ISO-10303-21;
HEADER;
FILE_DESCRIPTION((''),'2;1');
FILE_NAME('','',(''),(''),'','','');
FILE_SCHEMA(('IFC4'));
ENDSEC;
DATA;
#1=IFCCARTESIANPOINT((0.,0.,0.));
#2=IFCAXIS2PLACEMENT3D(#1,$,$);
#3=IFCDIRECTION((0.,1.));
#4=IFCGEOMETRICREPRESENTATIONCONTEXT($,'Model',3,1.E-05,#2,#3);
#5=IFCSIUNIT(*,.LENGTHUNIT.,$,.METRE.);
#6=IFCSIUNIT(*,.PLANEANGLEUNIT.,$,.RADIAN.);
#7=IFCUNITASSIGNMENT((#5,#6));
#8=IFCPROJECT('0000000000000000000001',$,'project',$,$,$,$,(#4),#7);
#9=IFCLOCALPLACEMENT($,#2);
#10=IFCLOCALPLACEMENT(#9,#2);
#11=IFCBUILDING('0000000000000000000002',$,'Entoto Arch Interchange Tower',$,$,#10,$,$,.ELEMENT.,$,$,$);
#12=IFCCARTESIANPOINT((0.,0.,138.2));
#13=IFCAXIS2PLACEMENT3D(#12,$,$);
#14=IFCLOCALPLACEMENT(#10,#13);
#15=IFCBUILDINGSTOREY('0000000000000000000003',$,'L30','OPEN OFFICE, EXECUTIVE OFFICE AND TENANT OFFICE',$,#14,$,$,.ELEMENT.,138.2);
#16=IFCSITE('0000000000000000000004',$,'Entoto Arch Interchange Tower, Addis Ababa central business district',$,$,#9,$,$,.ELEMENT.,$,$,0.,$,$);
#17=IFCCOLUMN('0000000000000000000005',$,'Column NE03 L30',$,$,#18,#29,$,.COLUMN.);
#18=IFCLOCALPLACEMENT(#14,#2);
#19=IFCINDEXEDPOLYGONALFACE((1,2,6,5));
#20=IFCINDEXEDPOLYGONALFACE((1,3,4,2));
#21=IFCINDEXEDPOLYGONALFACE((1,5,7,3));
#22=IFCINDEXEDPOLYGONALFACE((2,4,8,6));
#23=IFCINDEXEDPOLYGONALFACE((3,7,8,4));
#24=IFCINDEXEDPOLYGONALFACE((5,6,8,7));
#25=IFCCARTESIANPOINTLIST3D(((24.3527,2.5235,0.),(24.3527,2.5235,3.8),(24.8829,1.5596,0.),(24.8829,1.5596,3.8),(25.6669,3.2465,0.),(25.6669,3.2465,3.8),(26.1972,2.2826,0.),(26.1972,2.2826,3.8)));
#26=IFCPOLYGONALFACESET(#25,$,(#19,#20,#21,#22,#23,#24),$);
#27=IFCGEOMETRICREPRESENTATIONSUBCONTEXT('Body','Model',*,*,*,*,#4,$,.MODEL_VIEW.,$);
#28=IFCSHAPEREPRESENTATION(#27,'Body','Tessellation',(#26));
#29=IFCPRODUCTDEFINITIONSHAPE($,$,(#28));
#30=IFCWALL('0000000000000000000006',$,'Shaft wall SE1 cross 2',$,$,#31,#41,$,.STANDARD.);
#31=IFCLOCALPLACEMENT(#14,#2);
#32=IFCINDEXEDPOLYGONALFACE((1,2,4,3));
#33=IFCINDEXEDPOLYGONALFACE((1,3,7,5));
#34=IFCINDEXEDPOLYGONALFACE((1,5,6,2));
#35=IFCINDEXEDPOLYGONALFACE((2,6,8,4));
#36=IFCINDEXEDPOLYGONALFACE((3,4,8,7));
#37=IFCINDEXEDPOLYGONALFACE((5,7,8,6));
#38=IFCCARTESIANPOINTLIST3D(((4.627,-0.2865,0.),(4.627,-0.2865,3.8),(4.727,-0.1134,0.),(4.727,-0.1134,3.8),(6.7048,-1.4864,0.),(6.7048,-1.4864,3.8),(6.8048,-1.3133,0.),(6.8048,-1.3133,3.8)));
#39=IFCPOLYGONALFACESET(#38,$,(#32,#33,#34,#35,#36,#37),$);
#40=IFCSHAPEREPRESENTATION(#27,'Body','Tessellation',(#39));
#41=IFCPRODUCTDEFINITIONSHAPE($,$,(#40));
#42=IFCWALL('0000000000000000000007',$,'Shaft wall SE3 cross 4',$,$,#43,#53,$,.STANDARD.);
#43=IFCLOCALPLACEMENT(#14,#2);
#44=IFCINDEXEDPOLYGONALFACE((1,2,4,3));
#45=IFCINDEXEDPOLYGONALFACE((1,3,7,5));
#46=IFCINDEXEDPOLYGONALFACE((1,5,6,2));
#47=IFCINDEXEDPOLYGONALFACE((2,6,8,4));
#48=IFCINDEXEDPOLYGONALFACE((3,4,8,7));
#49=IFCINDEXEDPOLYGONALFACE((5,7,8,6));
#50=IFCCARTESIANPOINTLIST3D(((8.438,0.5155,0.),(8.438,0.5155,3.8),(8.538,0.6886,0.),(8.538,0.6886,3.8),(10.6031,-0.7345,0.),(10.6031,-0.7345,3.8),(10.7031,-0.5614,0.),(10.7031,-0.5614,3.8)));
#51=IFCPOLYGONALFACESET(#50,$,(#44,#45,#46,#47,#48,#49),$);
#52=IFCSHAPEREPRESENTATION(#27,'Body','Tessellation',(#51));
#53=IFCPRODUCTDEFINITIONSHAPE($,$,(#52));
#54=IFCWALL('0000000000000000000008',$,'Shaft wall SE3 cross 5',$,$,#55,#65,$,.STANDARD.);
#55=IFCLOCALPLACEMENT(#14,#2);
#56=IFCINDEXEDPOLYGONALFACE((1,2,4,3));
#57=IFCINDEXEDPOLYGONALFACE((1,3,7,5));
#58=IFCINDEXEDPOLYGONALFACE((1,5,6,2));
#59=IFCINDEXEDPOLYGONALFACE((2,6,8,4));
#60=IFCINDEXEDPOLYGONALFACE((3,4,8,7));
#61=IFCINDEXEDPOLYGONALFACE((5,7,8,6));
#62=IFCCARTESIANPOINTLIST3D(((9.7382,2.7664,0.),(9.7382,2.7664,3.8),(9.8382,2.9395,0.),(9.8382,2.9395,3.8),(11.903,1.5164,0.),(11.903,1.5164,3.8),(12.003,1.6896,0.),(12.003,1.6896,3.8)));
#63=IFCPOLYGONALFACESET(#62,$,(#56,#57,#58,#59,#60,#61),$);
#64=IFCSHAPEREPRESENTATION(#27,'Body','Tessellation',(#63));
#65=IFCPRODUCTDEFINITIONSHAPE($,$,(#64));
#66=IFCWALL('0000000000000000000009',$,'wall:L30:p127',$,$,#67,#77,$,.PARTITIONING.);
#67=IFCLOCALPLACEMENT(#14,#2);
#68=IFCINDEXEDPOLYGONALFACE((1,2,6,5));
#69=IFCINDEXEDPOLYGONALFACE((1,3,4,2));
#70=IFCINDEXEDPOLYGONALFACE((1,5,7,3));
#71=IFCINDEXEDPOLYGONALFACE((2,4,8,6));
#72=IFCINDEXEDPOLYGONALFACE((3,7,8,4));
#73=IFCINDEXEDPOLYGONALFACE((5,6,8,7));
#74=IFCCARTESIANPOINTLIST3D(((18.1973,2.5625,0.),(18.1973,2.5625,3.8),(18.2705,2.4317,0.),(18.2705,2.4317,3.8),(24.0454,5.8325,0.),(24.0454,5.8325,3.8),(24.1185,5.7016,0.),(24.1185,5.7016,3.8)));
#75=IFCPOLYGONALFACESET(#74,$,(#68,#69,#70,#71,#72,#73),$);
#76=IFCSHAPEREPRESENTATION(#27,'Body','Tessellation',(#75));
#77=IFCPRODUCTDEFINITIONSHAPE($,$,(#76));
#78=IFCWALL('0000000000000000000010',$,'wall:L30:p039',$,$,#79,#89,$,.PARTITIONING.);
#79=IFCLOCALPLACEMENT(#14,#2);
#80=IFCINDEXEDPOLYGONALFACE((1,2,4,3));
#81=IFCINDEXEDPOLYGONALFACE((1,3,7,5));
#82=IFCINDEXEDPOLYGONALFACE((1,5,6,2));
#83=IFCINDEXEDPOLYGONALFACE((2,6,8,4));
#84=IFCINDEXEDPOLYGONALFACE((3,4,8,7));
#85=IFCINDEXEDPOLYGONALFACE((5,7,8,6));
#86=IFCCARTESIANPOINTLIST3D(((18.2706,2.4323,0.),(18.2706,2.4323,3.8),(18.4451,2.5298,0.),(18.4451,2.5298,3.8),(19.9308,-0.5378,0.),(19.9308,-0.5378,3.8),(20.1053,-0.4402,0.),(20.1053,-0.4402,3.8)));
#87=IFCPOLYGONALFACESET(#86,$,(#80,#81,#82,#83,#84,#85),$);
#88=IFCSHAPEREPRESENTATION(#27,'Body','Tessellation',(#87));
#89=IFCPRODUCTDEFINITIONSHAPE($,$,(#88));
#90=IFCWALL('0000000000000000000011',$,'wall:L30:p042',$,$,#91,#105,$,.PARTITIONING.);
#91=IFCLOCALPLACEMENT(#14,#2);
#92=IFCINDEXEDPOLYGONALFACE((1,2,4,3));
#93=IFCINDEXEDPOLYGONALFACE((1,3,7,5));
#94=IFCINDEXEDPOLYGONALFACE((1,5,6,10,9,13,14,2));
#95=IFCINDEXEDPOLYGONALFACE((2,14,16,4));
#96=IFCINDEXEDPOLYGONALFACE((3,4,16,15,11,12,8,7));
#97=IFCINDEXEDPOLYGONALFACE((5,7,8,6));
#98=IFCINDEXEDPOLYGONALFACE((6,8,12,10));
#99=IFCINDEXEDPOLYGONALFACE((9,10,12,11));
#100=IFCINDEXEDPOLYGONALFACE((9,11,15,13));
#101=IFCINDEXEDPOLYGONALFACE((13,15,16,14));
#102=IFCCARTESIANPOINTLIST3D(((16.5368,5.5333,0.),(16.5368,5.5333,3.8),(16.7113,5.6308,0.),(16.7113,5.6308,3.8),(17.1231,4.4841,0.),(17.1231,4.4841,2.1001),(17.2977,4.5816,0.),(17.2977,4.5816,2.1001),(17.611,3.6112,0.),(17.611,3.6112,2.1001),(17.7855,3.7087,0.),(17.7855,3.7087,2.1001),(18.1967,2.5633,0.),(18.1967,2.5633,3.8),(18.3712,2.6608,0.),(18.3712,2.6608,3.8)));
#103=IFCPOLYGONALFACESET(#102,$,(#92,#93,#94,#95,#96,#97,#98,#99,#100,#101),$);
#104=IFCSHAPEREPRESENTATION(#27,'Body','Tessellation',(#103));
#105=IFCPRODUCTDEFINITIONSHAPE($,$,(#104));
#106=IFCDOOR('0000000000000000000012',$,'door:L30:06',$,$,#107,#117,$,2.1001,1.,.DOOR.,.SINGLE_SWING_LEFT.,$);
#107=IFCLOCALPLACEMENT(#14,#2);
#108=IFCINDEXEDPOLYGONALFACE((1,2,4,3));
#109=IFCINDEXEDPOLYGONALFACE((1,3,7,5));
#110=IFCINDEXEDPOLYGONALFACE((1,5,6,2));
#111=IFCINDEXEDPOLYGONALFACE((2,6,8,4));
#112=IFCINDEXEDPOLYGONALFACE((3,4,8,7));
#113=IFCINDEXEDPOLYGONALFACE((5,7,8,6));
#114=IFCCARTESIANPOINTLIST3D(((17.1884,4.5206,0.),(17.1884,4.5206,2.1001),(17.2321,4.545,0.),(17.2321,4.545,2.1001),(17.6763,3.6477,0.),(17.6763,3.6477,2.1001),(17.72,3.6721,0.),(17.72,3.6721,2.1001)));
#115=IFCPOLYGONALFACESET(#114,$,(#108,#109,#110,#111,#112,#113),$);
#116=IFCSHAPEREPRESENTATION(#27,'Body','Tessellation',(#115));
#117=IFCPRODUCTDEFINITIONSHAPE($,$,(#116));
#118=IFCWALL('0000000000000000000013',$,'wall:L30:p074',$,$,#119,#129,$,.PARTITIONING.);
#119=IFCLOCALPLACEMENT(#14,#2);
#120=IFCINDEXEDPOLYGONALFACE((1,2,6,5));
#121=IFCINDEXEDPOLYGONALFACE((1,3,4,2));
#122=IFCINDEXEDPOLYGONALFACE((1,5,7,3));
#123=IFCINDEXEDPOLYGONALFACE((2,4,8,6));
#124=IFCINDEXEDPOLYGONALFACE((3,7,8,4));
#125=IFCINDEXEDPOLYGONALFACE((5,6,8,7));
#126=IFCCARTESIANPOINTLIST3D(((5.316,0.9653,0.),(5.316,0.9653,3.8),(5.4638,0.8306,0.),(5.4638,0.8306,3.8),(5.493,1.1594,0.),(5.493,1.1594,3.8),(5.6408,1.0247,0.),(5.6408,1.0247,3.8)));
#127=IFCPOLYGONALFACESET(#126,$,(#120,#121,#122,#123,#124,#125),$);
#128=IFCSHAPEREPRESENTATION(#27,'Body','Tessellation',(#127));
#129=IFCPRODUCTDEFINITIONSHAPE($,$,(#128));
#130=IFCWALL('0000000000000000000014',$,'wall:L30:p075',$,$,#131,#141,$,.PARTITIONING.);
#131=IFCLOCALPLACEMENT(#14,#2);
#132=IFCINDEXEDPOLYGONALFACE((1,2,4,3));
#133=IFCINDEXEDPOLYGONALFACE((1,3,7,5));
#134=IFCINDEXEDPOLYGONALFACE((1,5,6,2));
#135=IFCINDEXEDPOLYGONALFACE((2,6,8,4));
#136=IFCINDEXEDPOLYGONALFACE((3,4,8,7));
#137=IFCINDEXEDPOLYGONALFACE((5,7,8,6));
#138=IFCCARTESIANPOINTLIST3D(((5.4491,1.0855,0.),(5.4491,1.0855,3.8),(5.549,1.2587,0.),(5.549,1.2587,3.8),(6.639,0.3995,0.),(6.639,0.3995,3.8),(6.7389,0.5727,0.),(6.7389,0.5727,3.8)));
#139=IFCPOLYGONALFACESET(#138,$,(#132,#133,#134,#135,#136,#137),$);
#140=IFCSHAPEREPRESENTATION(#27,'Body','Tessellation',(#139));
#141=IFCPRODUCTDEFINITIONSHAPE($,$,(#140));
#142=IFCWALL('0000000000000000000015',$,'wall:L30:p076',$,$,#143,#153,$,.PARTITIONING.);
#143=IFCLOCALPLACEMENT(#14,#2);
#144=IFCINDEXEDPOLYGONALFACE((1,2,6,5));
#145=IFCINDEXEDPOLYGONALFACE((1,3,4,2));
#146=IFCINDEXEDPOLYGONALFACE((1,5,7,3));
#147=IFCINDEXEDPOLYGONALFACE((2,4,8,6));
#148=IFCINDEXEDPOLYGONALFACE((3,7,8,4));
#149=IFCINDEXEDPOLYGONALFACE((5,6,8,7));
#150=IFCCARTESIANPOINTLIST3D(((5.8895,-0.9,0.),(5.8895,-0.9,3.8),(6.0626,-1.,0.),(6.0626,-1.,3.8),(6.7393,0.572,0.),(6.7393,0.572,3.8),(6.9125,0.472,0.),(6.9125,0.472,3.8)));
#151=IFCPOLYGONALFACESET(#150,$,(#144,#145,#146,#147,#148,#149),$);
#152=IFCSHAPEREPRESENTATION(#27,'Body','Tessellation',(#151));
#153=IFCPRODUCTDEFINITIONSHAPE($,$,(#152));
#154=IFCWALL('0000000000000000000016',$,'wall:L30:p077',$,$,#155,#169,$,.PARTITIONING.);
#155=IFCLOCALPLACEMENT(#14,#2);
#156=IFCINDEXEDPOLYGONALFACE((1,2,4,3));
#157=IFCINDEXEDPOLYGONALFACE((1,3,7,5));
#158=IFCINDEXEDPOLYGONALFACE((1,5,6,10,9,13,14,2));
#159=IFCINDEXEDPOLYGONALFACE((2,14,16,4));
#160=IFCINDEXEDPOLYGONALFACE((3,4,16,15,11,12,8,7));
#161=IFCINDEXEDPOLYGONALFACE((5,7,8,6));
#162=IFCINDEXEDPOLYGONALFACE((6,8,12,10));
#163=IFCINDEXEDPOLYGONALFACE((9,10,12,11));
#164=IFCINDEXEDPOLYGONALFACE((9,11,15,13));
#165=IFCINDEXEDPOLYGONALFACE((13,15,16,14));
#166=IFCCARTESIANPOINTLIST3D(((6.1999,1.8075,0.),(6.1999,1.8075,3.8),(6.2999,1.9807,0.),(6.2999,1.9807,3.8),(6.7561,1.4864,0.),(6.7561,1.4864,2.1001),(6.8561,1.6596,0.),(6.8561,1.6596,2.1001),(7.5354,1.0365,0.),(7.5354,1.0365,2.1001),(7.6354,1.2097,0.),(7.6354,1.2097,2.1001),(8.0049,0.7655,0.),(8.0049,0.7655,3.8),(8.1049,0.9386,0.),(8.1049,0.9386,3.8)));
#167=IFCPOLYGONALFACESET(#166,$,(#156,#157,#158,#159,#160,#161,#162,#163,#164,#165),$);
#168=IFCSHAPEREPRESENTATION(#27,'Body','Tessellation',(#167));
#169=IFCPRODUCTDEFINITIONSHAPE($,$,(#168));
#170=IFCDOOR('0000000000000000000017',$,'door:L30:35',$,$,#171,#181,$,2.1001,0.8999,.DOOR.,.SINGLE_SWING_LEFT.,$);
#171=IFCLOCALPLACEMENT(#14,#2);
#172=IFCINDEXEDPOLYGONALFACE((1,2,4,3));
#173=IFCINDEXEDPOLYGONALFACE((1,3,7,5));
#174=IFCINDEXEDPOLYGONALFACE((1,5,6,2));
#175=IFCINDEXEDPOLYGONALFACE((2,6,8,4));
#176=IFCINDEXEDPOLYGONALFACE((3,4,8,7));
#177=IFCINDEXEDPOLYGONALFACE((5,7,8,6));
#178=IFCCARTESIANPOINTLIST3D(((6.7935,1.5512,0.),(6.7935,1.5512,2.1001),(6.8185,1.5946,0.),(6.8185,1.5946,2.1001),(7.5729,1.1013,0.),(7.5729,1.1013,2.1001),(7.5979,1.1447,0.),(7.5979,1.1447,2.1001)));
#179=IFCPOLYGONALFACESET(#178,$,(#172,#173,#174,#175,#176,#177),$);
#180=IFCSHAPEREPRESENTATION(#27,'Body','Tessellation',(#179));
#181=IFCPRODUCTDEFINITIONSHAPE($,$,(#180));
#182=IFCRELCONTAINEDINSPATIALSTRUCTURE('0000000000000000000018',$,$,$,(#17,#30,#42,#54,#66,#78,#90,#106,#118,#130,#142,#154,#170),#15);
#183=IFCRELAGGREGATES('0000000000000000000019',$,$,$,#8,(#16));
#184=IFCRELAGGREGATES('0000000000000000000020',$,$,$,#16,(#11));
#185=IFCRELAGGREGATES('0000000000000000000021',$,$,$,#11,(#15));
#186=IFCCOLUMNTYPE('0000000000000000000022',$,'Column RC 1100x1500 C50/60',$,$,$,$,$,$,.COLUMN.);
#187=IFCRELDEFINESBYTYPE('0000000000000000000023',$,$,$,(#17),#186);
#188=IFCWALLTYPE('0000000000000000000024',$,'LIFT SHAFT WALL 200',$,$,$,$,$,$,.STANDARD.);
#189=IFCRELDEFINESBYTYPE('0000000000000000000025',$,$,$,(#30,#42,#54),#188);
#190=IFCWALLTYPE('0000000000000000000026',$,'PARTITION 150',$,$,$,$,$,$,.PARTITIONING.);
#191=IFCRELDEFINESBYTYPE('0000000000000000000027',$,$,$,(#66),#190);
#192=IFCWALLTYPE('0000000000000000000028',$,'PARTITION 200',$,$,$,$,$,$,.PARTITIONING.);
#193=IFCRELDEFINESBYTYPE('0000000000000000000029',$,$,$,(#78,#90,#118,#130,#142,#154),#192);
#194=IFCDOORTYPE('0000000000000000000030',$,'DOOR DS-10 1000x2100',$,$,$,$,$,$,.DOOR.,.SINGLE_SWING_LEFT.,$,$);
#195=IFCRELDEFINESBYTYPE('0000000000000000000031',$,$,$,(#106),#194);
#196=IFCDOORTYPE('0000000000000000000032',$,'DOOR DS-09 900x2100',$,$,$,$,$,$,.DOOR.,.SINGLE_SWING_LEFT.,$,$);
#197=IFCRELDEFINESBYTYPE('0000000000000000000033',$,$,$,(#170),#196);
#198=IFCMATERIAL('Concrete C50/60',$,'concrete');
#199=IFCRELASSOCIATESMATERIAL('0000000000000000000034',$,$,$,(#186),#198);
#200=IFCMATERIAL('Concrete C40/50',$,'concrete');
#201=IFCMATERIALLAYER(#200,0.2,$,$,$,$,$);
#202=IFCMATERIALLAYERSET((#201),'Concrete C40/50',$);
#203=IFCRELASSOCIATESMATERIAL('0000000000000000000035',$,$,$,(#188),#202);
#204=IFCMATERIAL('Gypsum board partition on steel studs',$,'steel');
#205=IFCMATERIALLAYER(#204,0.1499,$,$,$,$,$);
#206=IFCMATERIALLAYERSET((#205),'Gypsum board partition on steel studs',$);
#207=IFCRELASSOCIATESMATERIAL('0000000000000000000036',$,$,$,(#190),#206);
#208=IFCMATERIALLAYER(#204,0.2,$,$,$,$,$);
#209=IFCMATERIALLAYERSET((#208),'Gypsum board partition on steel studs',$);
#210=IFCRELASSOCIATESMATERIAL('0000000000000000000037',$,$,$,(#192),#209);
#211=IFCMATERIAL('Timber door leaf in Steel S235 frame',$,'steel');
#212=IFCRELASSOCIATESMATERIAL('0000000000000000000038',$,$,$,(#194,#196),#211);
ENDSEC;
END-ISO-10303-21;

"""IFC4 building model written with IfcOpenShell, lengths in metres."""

from ifc_helpers import new_model, si_unit, direction, frame, frame_2d, origin, origin_2d, place, context, subcontext, project, spatial, rectangle, extrude, material, layer, layer_set, material_profile, profile_set, type_object, element, fill, save


model = new_model("IFC4")

# Units and contexts
model_context = context("Model", 3, precision=1e-05, world=origin(), true_north=direction((0.0, 1.0)))
body_context = subcontext(model_context, "Body", "Model", "MODEL_VIEW")
ifc_project = project(units=[si_unit("LENGTHUNIT", "METRE"), si_unit("PLANEANGLEUNIT", "RADIAN")], contexts=[model_context])

# Site, building, storey
site_placement = place(None, origin())
site = spatial("IfcSite", under=ifc_project, at=site_placement, Name="Entoto Arch Interchange Tower, Addis Ababa central business district", CompositionType="ELEMENT", RefElevation=0.0)
building_placement = place(site_placement, origin())
building = spatial("IfcBuilding", under=site, at=building_placement, Name="Entoto Arch Interchange Tower", CompositionType="ELEMENT")
storey_placement = place(building_placement, frame((0.0, 0.0, 138.2)))
storey = spatial("IfcBuildingStorey", under=building, at=storey_placement, Name="L30", Description="OPEN OFFICE, EXECUTIVE OFFICE AND TENANT OFFICE", CompositionType="ELEMENT", Elevation=138.2)

# Column
ifc_material_1 = material(Name="Concrete C50/60", Category="concrete")
ifc_material_profile = material_profile(ifc_material_1, rectangle(XDim=1.1001, YDim=1.5, at=origin_2d()))
ifc_profile_set = profile_set([ifc_material_profile], Name="Concrete C50/60")
column_type = type_object("IfcColumnType", Name="Column RC 1100x1500 C50/60", PredefinedType="COLUMN", material=ifc_profile_set)
column_placement = place(storey_placement, frame((25.2749, 2.4031, 0.0), z_axis=(0.0, 0.0, 1.0), x_axis=(-0.481983, 0.876181, 0.0)))
element("IfcColumn", 1, at=column_placement, inside=storey, type_object=column_type, Name="Column NE03 L30", PredefinedType="COLUMN", context=body_context, shape_type="SweptSolid", body=[
    extrude(rectangle(XDim=1.1001, YDim=1.5, at=origin_2d()), origin(), (0.0, 0.0, 1.0), 3.8),
])

# Walls
ifc_material_2 = material(Name="Concrete C40/50", Category="concrete")
ifc_layer_1 = layer(ifc_material_2, 0.2)
ifc_layer_set_1 = layer_set([ifc_layer_1], Name="Concrete C40/50")
wall_type_1 = type_object("IfcWallType", Name="LIFT SHAFT WALL 200", PredefinedType="STANDARD", material=ifc_layer_set_1)
wall_1_placement = place(storey_placement, frame((4.677, -0.2, 0.0), z_axis=(0.0, 0.0, 1.0), x_axis=(0.865974, -0.500089, 0.0)))
element("IfcWall", 2, at=wall_1_placement, inside=storey, type_object=wall_type_1, Name="Shaft wall SE1 cross 2", PredefinedType="STANDARD", context=body_context, shape_type="SweptSolid", body=[
    extrude(rectangle(XDim=2.3994, YDim=0.2, at=frame_2d((1.1997, 0.0))), origin(), (0.0, 0.0, 1.0), 3.8),
])
wall_2_placement = place(storey_placement, frame((8.488, 0.6021, 0.0), z_axis=(0.0, 0.0, 1.0), x_axis=(0.866023, -0.500004, 0.0)))
element("IfcWall", 3, at=wall_2_placement, inside=storey, type_object=wall_type_1, Name="Shaft wall SE3 cross 4", PredefinedType="STANDARD", context=body_context, shape_type="SweptSolid", body=[
    extrude(rectangle(XDim=2.5, YDim=0.2, at=frame_2d((1.25, 0.0))), origin(), (0.0, 0.0, 1.0), 3.8),
])
wall_3_placement = place(storey_placement, frame((9.7881, 2.853, 0.0), z_axis=(0.0, 0.0, 1.0), x_axis=(0.865999, -0.500047, 0.0)))
element("IfcWall", 4, at=wall_3_placement, inside=storey, type_object=wall_type_1, Name="Shaft wall SE3 cross 5", PredefinedType="STANDARD", context=body_context, shape_type="SweptSolid", body=[
    extrude(rectangle(XDim=2.4998, YDim=0.2, at=frame_2d((1.25, 0.0))), origin(), (0.0, 0.0, 1.0), 3.8),
])
ifc_material_3 = material(Name="Gypsum board partition on steel studs", Category="steel")
ifc_layer_2 = layer(ifc_material_3, 0.1499)
ifc_layer_set_2 = layer_set([ifc_layer_2], Name="Gypsum board partition on steel studs")
wall_type_2 = type_object("IfcWallType", Name="PARTITION 150", PredefinedType="PARTITIONING", material=ifc_layer_set_2)
wall_4_placement = place(storey_placement, frame((18.2339, 2.4971, 0.0), z_axis=(0.0, 0.0, 1.0), x_axis=(0.87282, 0.488042, 0.0)))
element("IfcWall", 5, at=wall_4_placement, inside=storey, type_object=wall_type_2, Name="wall:L30:p127", PredefinedType="PARTITIONING", context=body_context, shape_type="SweptSolid", body=[
    extrude(rectangle(XDim=6.7002, YDim=0.1499, at=frame_2d((3.3501, 0.0))), origin(), (0.0, 0.0, 1.0), 3.8),
])
ifc_layer_3 = layer(ifc_material_3, 0.2)
ifc_layer_set_3 = layer_set([ifc_layer_3], Name="Gypsum board partition on steel studs")
wall_type_3 = type_object("IfcWallType", Name="PARTITION 200", PredefinedType="PARTITIONING", material=ifc_layer_set_3)
wall_5_placement = place(storey_placement, frame((18.3579, 2.481, 0.0), z_axis=(0.0, 0.0, 1.0), x_axis=(0.487926, -0.872885, 0.0)))
element("IfcWall", 6, at=wall_5_placement, inside=storey, type_object=wall_type_3, Name="wall:L30:p039", PredefinedType="PARTITIONING", context=body_context, shape_type="SweptSolid", body=[
    extrude(rectangle(XDim=3.4026, YDim=0.2, at=frame_2d((1.7012, 0.0))), origin(), (0.0, 0.0, 1.0), 3.8),
])

# Wall, opening, door
wall_6_placement = place(storey_placement, frame((16.624, 5.582, 0.0), z_axis=(0.0, 0.0, 1.0), x_axis=(0.487871, -0.872916, 0.0)))
wall_6 = element("IfcWall", 7, at=wall_6_placement, inside=storey, type_object=wall_type_3, Name="wall:L30:p042", PredefinedType="PARTITIONING", context=body_context, shape_type="SweptSolid", body=[
    extrude(rectangle(XDim=3.4023, YDim=0.2, at=frame_2d((1.7012, 0.0))), origin(), (0.0, 0.0, 1.0), 3.8),
])
opening_1_placement = place(wall_6_placement, frame((1.2019, 0.0, 0.0)))
opening_1 = element("IfcOpeningElement", 8, at=opening_1_placement, cuts=wall_6, PredefinedType="OPENING", context=body_context, shape_type="SweptSolid", body=[
    extrude(rectangle(XDim=1.0, YDim=2.1001, at=frame_2d((0.5, 1.05))), frame((0.0, 0.1099, 0.0), z_axis=(0.0, -1.0, 0.0), x_axis=(1.0, 0.0, 0.0)), (0.0, 0.0, 1.0), 0.22),
])
ifc_material_4 = material(Name="Timber door leaf in Steel S235 frame", Category="steel")
door_type_1 = type_object("IfcDoorType", Name="DOOR DS-10 1000x2100", OperationType="SINGLE_SWING_LEFT", PredefinedType="DOOR", material=ifc_material_4)
door_1_placement = place(opening_1_placement, origin())
door_1 = element("IfcDoor", 9, at=door_1_placement, inside=storey, type_object=door_type_1, Name="door:L30:06", OperationType="SINGLE_SWING_LEFT", OverallHeight=2.1001, OverallWidth=1.0, PredefinedType="DOOR", context=body_context, shape_type="SweptSolid", body=[
    extrude(rectangle(XDim=1.0, YDim=2.1001, at=frame_2d((0.5, 1.05))), frame((0.0, 0.0249, 0.0), z_axis=(0.0, -1.0, 0.0), x_axis=(1.0, 0.0, 0.0)), (0.0, 0.0, 1.0), 0.05),
])
fill(opening_1, door_1)

# Walls
wall_7_placement = place(storey_placement, frame((5.3899, 0.8979, 0.0), z_axis=(0.0, 0.0, 1.0), x_axis=(0.673828, 0.738888, 0.0)))
element("IfcWall", 10, at=wall_7_placement, inside=storey, type_object=wall_type_3, Name="wall:L30:p074", PredefinedType="PARTITIONING", context=body_context, shape_type="SweptSolid", body=[
    extrude(rectangle(XDim=0.2627, YDim=0.2, at=frame_2d((0.1313, 0.0))), origin(), (0.0, 0.0, 1.0), 3.8),
])
wall_8_placement = place(storey_placement, frame((5.499, 1.1721, 0.0), z_axis=(0.0, 0.0, 1.0), x_axis=(0.866334, -0.499466, 0.0)))
element("IfcWall", 11, at=wall_8_placement, inside=storey, type_object=wall_type_3, Name="wall:L30:p075", PredefinedType="PARTITIONING", context=body_context, shape_type="SweptSolid", body=[
    extrude(rectangle(XDim=1.3735, YDim=0.2, at=frame_2d((0.6868, 0.0))), origin(), (0.0, 0.0, 1.0), 3.8),
])
wall_9_placement = place(storey_placement, frame((6.8259, 0.522, 0.0), z_axis=(0.0, 0.0, 1.0), x_axis=(-0.500017, -0.866016, 0.0)))
element("IfcWall", 12, at=wall_9_placement, inside=storey, type_object=wall_type_3, Name="wall:L30:p076", PredefinedType="PARTITIONING", context=body_context, shape_type="SweptSolid", body=[
    extrude(rectangle(XDim=1.6997, YDim=0.2, at=frame_2d((0.8499, 0.0))), origin(), (0.0, 0.0, 1.0), 3.8),
])

# Wall, opening, door
wall_10_placement = place(storey_placement, frame((6.25, 1.894, 0.0), z_axis=(0.0, 0.0, 1.0), x_axis=(0.866043, -0.499969, 0.0)))
wall_10 = element("IfcWall", 13, at=wall_10_placement, inside=storey, type_object=wall_type_3, Name="wall:L30:p077", PredefinedType="PARTITIONING", context=body_context, shape_type="SweptSolid", body=[
    extrude(rectangle(XDim=2.0842, YDim=0.2, at=frame_2d((1.042, 0.0))), origin(), (0.0, 0.0, 1.0), 3.8),
])
opening_2_placement = place(wall_10_placement, frame((0.6421, 0.0, 0.0)))
opening_2 = element("IfcOpeningElement", 14, at=opening_2_placement, cuts=wall_10, PredefinedType="OPENING", context=body_context, shape_type="SweptSolid", body=[
    extrude(rectangle(XDim=0.8999, YDim=2.1001, at=frame_2d((0.45, 1.05))), frame((0.0, 0.1099, 0.0), z_axis=(0.0, -1.0, 0.0), x_axis=(1.0, 0.0, 0.0)), (0.0, 0.0, 1.0), 0.22),
])
door_type_2 = type_object("IfcDoorType", Name="DOOR DS-09 900x2100", OperationType="SINGLE_SWING_LEFT", PredefinedType="DOOR", material=ifc_material_4)
door_2_placement = place(opening_2_placement, origin())
door_2 = element("IfcDoor", 15, at=door_2_placement, inside=storey, type_object=door_type_2, Name="door:L30:35", OperationType="SINGLE_SWING_LEFT", OverallHeight=2.1001, OverallWidth=0.8999, PredefinedType="DOOR", context=body_context, shape_type="SweptSolid", body=[
    extrude(rectangle(XDim=0.8999, YDim=2.1001, at=frame_2d((0.45, 1.05))), frame((0.0, 0.0249, 0.0), z_axis=(0.0, -1.0, 0.0), x_axis=(1.0, 0.0, 0.0)), (0.0, 0.0, 1.0), 0.05),
])
fill(opening_2, door_2)

save(model, "model.ifc")
